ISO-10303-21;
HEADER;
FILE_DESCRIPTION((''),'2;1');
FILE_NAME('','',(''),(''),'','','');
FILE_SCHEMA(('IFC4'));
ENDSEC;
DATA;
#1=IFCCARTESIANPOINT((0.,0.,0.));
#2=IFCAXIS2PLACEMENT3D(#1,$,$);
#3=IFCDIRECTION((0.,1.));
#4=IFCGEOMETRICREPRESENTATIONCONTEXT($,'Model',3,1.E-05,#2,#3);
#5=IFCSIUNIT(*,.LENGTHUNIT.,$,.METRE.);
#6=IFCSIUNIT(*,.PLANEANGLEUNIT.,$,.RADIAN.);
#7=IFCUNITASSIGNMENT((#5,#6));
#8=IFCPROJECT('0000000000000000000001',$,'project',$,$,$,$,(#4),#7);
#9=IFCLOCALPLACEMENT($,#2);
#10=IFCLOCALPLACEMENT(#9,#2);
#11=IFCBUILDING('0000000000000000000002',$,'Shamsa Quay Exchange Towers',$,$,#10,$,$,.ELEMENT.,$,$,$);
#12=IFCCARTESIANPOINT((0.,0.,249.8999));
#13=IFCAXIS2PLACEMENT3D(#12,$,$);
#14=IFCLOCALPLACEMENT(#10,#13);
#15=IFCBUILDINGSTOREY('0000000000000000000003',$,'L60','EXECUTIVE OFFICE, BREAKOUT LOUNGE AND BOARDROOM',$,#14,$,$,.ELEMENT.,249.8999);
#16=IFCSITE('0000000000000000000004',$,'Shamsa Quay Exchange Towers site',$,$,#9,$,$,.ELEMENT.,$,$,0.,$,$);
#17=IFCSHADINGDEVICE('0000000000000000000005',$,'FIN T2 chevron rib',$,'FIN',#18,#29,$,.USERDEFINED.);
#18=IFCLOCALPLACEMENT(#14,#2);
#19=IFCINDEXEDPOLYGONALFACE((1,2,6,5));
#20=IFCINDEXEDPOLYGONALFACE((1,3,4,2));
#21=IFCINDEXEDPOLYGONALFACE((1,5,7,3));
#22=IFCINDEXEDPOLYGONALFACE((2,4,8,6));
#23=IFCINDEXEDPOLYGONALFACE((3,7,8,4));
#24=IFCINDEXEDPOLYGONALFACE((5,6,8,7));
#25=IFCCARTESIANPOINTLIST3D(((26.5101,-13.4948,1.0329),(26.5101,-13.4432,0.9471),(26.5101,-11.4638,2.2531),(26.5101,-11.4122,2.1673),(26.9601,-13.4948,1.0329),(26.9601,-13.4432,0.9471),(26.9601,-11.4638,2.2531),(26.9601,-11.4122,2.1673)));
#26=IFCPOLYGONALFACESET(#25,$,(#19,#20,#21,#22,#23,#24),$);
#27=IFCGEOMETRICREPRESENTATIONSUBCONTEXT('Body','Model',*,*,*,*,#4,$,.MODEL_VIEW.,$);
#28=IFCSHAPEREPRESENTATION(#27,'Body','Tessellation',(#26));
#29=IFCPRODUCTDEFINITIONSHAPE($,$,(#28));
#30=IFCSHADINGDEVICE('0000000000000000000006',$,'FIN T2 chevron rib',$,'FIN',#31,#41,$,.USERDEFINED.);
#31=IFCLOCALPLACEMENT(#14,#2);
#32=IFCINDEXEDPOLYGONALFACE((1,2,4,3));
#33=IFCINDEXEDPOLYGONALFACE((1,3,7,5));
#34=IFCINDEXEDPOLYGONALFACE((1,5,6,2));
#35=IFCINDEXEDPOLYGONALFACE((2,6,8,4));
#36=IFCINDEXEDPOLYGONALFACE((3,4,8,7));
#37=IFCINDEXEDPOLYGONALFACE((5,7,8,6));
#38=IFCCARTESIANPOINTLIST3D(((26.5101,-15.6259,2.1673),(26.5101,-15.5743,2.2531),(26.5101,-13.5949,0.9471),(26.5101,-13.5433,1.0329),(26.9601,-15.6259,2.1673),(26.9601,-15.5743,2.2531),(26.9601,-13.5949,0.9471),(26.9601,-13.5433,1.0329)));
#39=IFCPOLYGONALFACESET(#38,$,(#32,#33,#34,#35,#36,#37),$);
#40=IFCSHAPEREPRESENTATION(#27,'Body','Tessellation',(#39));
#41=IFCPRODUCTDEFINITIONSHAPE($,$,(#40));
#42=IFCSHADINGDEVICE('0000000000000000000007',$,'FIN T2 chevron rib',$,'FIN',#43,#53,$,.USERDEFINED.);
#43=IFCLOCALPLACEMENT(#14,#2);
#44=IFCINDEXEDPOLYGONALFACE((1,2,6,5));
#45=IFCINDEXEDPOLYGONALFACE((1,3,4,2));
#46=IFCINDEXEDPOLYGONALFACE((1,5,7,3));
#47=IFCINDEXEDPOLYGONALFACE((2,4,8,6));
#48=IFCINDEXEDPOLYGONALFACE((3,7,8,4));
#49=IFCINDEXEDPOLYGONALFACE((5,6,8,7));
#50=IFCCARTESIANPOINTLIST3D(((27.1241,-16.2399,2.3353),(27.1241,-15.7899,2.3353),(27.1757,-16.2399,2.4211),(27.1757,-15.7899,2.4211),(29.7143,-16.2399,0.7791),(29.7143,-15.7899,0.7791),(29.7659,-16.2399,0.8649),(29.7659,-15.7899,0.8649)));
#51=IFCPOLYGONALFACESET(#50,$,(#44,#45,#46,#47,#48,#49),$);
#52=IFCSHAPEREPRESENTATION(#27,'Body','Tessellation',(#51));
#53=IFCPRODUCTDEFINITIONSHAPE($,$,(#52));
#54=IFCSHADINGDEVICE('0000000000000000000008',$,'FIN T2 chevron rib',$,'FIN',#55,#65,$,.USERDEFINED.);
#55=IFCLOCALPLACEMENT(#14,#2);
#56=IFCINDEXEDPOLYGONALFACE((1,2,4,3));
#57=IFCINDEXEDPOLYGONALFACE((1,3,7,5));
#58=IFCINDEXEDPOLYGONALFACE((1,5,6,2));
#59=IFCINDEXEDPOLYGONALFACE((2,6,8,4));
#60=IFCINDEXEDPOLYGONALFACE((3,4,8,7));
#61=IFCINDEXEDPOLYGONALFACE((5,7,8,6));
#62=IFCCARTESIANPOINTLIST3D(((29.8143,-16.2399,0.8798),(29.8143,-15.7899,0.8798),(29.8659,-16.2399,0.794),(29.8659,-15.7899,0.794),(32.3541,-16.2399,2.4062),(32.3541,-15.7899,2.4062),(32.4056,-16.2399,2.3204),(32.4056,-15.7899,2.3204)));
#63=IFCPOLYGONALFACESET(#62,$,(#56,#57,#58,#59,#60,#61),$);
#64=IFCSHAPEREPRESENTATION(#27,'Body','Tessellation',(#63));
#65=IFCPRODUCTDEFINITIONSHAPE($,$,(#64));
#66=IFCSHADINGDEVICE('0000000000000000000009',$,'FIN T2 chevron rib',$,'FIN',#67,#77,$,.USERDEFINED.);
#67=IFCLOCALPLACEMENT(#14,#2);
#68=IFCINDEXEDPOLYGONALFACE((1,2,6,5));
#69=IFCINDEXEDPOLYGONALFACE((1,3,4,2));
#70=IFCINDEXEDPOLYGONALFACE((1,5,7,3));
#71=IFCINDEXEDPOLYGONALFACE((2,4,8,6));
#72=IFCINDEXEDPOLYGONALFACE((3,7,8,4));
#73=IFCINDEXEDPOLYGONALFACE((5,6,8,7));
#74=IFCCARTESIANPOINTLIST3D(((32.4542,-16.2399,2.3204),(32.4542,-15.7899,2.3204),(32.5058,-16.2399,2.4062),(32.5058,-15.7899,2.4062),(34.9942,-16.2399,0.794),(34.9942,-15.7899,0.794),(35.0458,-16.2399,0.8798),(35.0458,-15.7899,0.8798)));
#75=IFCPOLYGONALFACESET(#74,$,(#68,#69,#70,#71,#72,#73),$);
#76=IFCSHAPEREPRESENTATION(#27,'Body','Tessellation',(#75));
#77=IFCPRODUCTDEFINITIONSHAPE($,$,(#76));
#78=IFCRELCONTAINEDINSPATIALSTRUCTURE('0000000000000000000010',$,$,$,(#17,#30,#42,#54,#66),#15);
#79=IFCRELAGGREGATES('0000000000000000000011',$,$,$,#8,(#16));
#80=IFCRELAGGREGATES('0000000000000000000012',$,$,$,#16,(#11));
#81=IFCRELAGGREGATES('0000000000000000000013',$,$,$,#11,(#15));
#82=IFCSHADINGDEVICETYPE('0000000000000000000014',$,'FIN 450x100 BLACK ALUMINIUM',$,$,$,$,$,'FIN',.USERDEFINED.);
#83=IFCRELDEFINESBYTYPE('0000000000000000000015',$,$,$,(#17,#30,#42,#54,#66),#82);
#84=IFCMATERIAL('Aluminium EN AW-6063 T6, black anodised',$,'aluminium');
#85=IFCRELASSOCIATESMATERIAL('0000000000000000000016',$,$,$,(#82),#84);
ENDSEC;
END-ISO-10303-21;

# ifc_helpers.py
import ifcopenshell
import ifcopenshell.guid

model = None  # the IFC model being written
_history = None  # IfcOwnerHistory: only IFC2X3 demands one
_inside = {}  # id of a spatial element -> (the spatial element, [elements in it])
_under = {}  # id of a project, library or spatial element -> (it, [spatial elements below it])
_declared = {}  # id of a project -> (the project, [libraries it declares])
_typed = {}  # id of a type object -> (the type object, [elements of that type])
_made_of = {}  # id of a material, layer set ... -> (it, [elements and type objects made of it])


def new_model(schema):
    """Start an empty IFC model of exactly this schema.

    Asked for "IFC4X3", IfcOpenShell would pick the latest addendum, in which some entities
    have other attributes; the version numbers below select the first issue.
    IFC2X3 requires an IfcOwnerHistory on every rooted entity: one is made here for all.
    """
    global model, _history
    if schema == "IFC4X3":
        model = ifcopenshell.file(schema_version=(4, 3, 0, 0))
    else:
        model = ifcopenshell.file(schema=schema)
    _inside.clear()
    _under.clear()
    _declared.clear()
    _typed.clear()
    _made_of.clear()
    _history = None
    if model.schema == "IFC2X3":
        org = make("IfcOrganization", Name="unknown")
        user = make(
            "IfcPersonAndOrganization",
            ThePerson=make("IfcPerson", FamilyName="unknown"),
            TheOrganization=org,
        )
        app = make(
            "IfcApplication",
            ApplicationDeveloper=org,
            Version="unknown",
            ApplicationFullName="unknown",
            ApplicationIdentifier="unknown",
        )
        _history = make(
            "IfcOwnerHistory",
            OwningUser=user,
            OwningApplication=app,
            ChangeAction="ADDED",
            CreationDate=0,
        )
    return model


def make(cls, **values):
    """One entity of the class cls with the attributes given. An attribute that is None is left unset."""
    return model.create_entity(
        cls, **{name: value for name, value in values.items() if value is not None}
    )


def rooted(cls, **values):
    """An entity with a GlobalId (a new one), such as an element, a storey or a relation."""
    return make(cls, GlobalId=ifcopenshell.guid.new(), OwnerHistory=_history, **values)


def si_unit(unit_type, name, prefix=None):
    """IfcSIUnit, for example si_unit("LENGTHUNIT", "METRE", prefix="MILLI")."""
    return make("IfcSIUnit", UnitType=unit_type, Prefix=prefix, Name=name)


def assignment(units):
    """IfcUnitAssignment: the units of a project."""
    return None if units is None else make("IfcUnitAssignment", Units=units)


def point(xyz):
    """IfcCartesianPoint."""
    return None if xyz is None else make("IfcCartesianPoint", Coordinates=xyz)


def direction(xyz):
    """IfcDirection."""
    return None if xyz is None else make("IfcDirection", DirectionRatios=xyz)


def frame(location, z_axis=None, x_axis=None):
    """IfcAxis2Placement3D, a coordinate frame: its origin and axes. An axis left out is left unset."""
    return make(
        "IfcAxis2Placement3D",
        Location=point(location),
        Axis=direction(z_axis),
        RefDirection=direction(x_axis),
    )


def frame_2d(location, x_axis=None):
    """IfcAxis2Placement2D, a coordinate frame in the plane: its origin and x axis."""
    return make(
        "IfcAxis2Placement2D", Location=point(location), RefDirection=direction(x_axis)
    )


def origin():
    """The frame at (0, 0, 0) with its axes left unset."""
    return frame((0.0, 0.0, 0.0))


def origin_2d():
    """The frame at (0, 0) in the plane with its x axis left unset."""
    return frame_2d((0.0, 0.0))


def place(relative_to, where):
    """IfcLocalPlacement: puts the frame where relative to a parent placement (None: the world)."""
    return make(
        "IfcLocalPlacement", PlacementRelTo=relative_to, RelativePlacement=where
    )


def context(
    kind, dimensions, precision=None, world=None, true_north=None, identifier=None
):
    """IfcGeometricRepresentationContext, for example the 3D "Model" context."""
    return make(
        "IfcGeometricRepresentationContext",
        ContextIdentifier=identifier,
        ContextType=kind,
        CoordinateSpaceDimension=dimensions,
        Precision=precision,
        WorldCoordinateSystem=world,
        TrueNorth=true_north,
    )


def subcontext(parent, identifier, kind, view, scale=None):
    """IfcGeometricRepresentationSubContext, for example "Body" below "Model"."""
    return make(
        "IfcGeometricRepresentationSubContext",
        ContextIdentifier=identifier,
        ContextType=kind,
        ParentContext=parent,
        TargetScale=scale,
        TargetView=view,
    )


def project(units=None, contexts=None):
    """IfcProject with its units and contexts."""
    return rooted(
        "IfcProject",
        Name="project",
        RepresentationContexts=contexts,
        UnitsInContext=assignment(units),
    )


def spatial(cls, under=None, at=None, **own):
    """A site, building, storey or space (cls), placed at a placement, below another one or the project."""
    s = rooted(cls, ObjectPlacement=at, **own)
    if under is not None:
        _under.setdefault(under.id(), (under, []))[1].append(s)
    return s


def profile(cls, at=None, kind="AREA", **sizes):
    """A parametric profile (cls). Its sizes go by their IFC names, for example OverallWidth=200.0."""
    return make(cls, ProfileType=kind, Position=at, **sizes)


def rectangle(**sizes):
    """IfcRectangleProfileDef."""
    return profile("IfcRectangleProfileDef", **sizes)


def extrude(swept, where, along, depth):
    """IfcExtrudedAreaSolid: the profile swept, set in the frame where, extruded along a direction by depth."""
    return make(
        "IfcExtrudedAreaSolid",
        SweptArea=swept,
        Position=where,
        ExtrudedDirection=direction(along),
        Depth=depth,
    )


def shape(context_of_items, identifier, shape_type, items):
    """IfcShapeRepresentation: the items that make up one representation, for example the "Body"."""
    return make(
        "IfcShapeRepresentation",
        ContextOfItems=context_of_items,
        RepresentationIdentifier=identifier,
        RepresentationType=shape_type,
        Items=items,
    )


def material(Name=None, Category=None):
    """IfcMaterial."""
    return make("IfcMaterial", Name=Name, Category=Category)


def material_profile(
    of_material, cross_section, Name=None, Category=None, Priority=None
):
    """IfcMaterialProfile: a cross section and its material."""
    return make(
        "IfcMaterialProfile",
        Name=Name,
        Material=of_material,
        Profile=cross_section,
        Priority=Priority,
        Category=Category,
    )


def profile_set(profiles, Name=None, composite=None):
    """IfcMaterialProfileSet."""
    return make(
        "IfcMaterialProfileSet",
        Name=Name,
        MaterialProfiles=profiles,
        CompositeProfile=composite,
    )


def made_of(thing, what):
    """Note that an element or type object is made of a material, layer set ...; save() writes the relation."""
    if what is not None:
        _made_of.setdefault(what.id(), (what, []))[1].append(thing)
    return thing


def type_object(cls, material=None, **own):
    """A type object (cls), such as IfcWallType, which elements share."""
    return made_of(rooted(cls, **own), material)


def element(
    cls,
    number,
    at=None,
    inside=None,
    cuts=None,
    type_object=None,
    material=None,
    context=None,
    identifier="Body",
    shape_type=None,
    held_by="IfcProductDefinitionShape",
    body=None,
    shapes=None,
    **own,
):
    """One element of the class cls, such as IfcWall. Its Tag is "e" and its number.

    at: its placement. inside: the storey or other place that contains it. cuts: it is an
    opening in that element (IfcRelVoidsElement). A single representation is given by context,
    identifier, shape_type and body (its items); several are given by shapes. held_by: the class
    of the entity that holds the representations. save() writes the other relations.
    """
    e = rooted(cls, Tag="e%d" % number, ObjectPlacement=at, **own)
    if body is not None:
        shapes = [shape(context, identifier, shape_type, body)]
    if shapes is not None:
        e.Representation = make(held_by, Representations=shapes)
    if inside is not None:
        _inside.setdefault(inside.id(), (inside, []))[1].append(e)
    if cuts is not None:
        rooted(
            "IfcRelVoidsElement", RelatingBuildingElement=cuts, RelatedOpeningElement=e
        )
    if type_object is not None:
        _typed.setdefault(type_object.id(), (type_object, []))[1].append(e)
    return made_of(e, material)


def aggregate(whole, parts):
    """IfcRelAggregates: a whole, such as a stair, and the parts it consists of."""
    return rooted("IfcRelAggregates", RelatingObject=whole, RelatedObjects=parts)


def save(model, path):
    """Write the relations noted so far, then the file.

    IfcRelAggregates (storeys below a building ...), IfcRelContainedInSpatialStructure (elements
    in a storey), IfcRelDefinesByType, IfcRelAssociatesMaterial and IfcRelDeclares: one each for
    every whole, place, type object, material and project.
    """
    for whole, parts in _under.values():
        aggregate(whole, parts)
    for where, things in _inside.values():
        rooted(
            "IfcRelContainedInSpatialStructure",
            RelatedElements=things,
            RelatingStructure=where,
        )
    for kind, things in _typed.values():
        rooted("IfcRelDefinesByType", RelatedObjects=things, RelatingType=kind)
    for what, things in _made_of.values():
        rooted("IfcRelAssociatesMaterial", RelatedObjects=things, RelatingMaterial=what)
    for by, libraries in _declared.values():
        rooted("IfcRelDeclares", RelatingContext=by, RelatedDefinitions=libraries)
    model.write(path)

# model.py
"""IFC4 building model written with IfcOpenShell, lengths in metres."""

from ifc_helpers import new_model, si_unit, direction, frame, origin, origin_2d, place, context, subcontext, project, spatial, rectangle, extrude, material, material_profile, profile_set, type_object, element, save


model = new_model("IFC4")

# Units and contexts
model_context = context("Model", 3, precision=1e-05, world=origin(), true_north=direction((0.0, 1.0)))
body_context = subcontext(model_context, "Body", "Model", "MODEL_VIEW")
ifc_project = project(units=[si_unit("LENGTHUNIT", "METRE"), si_unit("PLANEANGLEUNIT", "RADIAN")], contexts=[model_context])

# Site, building, storey
site_placement = place(None, origin())
site = spatial("IfcSite", under=ifc_project, at=site_placement, Name="Shamsa Quay Exchange Towers site", CompositionType="ELEMENT", RefElevation=0.0)
building_placement = place(site_placement, origin())
building = spatial("IfcBuilding", under=site, at=building_placement, Name="Shamsa Quay Exchange Towers", CompositionType="ELEMENT")
storey_placement = place(building_placement, frame((0.0, 0.0, 249.8999)))
storey = spatial("IfcBuildingStorey", under=building, at=storey_placement, Name="L60", Description="EXECUTIVE OFFICE, BREAKOUT LOUNGE AND BOARDROOM", CompositionType="ELEMENT", Elevation=249.8999)

# Shared definitions
ifc_material_1 = material(Name="Aluminium EN AW-6063 T6, black anodised", Category="aluminium")

# Shading devices
ifc_material_profile_1 = material_profile(ifc_material_1, rectangle(XDim=0.45, YDim=0.1001, at=origin_2d()), Name="FIN450x100")
ifc_profile_set_1 = profile_set([ifc_material_profile_1], Name="Aluminium EN AW-6063 T6, black anodised")
shading_device_type = type_object("IfcShadingDeviceType", Name="FIN 450x100 BLACK ALUMINIUM", ElementType="FIN", PredefinedType="USERDEFINED", material=ifc_profile_set_1)
for number, where, z_axis, x_axis, name in (
    (1, (26.7351, -11.438, 2.2102), (0.0, -0.857193, -0.514996), (1.0, 0.0, 0.0), "FIN T2 chevron rib"),
    (2, (26.7351, -13.5691, 0.99), (0.0, -0.857193, 0.514996), (1.0, 0.0, 0.0), "FIN T2 chevron rib"),
):
    element("IfcShadingDevice", number, at=place(storey_placement, frame(where, z_axis=z_axis, x_axis=x_axis)), inside=storey, type_object=shading_device_type, Name=name, ObjectType="FIN", PredefinedType="USERDEFINED", context=body_context, shape_type="SweptSolid", body=[
        extrude(rectangle(XDim=0.45, YDim=0.1001, at=origin_2d()), origin(), (0.0, 0.0, 1.0), 2.3694),
    ])
shading_device_1_placement = place(storey_placement, frame((27.1499, -16.0149, 2.3782), z_axis=(0.857186, 0.0, -0.515007), x_axis=(0.0, 1.0, 0.0)))
element("IfcShadingDevice", 3, at=shading_device_1_placement, inside=storey, type_object=shading_device_type, Name="FIN T2 chevron rib", ObjectType="FIN", PredefinedType="USERDEFINED", context=body_context, shape_type="SweptSolid", body=[
    extrude(rectangle(XDim=0.45, YDim=0.1001, at=origin_2d()), origin(), (0.0, 0.0, 1.0), 3.0217),
])
shading_device_2_placement = place(storey_placement, frame((29.8401, -16.0149, 0.8369), z_axis=(0.857122, 0.0, 0.515114), x_axis=(0.0, 1.0, 0.0)))
element("IfcShadingDevice", 4, at=shading_device_2_placement, inside=storey, type_object=shading_device_type, Name="FIN T2 chevron rib", ObjectType="FIN", PredefinedType="USERDEFINED", context=body_context, shape_type="SweptSolid", body=[
    extrude(rectangle(XDim=0.45, YDim=0.1001, at=origin_2d()), origin(), (0.0, 0.0, 1.0), 2.9631),
])
shading_device_3_placement = place(storey_placement, frame((32.48, -16.0149, 2.3633), z_axis=(0.857144, 0.0, -0.515077), x_axis=(0.0, 1.0, 0.0)))
element("IfcShadingDevice", 5, at=shading_device_3_placement, inside=storey, type_object=shading_device_type, Name="FIN T2 chevron rib", ObjectType="FIN", PredefinedType="USERDEFINED", context=body_context, shape_type="SweptSolid", body=[
    extrude(rectangle(XDim=0.45, YDim=0.1001, at=origin_2d()), origin(), (0.0, 0.0, 1.0), 2.9634),
])

save(model, "model.ifc")
